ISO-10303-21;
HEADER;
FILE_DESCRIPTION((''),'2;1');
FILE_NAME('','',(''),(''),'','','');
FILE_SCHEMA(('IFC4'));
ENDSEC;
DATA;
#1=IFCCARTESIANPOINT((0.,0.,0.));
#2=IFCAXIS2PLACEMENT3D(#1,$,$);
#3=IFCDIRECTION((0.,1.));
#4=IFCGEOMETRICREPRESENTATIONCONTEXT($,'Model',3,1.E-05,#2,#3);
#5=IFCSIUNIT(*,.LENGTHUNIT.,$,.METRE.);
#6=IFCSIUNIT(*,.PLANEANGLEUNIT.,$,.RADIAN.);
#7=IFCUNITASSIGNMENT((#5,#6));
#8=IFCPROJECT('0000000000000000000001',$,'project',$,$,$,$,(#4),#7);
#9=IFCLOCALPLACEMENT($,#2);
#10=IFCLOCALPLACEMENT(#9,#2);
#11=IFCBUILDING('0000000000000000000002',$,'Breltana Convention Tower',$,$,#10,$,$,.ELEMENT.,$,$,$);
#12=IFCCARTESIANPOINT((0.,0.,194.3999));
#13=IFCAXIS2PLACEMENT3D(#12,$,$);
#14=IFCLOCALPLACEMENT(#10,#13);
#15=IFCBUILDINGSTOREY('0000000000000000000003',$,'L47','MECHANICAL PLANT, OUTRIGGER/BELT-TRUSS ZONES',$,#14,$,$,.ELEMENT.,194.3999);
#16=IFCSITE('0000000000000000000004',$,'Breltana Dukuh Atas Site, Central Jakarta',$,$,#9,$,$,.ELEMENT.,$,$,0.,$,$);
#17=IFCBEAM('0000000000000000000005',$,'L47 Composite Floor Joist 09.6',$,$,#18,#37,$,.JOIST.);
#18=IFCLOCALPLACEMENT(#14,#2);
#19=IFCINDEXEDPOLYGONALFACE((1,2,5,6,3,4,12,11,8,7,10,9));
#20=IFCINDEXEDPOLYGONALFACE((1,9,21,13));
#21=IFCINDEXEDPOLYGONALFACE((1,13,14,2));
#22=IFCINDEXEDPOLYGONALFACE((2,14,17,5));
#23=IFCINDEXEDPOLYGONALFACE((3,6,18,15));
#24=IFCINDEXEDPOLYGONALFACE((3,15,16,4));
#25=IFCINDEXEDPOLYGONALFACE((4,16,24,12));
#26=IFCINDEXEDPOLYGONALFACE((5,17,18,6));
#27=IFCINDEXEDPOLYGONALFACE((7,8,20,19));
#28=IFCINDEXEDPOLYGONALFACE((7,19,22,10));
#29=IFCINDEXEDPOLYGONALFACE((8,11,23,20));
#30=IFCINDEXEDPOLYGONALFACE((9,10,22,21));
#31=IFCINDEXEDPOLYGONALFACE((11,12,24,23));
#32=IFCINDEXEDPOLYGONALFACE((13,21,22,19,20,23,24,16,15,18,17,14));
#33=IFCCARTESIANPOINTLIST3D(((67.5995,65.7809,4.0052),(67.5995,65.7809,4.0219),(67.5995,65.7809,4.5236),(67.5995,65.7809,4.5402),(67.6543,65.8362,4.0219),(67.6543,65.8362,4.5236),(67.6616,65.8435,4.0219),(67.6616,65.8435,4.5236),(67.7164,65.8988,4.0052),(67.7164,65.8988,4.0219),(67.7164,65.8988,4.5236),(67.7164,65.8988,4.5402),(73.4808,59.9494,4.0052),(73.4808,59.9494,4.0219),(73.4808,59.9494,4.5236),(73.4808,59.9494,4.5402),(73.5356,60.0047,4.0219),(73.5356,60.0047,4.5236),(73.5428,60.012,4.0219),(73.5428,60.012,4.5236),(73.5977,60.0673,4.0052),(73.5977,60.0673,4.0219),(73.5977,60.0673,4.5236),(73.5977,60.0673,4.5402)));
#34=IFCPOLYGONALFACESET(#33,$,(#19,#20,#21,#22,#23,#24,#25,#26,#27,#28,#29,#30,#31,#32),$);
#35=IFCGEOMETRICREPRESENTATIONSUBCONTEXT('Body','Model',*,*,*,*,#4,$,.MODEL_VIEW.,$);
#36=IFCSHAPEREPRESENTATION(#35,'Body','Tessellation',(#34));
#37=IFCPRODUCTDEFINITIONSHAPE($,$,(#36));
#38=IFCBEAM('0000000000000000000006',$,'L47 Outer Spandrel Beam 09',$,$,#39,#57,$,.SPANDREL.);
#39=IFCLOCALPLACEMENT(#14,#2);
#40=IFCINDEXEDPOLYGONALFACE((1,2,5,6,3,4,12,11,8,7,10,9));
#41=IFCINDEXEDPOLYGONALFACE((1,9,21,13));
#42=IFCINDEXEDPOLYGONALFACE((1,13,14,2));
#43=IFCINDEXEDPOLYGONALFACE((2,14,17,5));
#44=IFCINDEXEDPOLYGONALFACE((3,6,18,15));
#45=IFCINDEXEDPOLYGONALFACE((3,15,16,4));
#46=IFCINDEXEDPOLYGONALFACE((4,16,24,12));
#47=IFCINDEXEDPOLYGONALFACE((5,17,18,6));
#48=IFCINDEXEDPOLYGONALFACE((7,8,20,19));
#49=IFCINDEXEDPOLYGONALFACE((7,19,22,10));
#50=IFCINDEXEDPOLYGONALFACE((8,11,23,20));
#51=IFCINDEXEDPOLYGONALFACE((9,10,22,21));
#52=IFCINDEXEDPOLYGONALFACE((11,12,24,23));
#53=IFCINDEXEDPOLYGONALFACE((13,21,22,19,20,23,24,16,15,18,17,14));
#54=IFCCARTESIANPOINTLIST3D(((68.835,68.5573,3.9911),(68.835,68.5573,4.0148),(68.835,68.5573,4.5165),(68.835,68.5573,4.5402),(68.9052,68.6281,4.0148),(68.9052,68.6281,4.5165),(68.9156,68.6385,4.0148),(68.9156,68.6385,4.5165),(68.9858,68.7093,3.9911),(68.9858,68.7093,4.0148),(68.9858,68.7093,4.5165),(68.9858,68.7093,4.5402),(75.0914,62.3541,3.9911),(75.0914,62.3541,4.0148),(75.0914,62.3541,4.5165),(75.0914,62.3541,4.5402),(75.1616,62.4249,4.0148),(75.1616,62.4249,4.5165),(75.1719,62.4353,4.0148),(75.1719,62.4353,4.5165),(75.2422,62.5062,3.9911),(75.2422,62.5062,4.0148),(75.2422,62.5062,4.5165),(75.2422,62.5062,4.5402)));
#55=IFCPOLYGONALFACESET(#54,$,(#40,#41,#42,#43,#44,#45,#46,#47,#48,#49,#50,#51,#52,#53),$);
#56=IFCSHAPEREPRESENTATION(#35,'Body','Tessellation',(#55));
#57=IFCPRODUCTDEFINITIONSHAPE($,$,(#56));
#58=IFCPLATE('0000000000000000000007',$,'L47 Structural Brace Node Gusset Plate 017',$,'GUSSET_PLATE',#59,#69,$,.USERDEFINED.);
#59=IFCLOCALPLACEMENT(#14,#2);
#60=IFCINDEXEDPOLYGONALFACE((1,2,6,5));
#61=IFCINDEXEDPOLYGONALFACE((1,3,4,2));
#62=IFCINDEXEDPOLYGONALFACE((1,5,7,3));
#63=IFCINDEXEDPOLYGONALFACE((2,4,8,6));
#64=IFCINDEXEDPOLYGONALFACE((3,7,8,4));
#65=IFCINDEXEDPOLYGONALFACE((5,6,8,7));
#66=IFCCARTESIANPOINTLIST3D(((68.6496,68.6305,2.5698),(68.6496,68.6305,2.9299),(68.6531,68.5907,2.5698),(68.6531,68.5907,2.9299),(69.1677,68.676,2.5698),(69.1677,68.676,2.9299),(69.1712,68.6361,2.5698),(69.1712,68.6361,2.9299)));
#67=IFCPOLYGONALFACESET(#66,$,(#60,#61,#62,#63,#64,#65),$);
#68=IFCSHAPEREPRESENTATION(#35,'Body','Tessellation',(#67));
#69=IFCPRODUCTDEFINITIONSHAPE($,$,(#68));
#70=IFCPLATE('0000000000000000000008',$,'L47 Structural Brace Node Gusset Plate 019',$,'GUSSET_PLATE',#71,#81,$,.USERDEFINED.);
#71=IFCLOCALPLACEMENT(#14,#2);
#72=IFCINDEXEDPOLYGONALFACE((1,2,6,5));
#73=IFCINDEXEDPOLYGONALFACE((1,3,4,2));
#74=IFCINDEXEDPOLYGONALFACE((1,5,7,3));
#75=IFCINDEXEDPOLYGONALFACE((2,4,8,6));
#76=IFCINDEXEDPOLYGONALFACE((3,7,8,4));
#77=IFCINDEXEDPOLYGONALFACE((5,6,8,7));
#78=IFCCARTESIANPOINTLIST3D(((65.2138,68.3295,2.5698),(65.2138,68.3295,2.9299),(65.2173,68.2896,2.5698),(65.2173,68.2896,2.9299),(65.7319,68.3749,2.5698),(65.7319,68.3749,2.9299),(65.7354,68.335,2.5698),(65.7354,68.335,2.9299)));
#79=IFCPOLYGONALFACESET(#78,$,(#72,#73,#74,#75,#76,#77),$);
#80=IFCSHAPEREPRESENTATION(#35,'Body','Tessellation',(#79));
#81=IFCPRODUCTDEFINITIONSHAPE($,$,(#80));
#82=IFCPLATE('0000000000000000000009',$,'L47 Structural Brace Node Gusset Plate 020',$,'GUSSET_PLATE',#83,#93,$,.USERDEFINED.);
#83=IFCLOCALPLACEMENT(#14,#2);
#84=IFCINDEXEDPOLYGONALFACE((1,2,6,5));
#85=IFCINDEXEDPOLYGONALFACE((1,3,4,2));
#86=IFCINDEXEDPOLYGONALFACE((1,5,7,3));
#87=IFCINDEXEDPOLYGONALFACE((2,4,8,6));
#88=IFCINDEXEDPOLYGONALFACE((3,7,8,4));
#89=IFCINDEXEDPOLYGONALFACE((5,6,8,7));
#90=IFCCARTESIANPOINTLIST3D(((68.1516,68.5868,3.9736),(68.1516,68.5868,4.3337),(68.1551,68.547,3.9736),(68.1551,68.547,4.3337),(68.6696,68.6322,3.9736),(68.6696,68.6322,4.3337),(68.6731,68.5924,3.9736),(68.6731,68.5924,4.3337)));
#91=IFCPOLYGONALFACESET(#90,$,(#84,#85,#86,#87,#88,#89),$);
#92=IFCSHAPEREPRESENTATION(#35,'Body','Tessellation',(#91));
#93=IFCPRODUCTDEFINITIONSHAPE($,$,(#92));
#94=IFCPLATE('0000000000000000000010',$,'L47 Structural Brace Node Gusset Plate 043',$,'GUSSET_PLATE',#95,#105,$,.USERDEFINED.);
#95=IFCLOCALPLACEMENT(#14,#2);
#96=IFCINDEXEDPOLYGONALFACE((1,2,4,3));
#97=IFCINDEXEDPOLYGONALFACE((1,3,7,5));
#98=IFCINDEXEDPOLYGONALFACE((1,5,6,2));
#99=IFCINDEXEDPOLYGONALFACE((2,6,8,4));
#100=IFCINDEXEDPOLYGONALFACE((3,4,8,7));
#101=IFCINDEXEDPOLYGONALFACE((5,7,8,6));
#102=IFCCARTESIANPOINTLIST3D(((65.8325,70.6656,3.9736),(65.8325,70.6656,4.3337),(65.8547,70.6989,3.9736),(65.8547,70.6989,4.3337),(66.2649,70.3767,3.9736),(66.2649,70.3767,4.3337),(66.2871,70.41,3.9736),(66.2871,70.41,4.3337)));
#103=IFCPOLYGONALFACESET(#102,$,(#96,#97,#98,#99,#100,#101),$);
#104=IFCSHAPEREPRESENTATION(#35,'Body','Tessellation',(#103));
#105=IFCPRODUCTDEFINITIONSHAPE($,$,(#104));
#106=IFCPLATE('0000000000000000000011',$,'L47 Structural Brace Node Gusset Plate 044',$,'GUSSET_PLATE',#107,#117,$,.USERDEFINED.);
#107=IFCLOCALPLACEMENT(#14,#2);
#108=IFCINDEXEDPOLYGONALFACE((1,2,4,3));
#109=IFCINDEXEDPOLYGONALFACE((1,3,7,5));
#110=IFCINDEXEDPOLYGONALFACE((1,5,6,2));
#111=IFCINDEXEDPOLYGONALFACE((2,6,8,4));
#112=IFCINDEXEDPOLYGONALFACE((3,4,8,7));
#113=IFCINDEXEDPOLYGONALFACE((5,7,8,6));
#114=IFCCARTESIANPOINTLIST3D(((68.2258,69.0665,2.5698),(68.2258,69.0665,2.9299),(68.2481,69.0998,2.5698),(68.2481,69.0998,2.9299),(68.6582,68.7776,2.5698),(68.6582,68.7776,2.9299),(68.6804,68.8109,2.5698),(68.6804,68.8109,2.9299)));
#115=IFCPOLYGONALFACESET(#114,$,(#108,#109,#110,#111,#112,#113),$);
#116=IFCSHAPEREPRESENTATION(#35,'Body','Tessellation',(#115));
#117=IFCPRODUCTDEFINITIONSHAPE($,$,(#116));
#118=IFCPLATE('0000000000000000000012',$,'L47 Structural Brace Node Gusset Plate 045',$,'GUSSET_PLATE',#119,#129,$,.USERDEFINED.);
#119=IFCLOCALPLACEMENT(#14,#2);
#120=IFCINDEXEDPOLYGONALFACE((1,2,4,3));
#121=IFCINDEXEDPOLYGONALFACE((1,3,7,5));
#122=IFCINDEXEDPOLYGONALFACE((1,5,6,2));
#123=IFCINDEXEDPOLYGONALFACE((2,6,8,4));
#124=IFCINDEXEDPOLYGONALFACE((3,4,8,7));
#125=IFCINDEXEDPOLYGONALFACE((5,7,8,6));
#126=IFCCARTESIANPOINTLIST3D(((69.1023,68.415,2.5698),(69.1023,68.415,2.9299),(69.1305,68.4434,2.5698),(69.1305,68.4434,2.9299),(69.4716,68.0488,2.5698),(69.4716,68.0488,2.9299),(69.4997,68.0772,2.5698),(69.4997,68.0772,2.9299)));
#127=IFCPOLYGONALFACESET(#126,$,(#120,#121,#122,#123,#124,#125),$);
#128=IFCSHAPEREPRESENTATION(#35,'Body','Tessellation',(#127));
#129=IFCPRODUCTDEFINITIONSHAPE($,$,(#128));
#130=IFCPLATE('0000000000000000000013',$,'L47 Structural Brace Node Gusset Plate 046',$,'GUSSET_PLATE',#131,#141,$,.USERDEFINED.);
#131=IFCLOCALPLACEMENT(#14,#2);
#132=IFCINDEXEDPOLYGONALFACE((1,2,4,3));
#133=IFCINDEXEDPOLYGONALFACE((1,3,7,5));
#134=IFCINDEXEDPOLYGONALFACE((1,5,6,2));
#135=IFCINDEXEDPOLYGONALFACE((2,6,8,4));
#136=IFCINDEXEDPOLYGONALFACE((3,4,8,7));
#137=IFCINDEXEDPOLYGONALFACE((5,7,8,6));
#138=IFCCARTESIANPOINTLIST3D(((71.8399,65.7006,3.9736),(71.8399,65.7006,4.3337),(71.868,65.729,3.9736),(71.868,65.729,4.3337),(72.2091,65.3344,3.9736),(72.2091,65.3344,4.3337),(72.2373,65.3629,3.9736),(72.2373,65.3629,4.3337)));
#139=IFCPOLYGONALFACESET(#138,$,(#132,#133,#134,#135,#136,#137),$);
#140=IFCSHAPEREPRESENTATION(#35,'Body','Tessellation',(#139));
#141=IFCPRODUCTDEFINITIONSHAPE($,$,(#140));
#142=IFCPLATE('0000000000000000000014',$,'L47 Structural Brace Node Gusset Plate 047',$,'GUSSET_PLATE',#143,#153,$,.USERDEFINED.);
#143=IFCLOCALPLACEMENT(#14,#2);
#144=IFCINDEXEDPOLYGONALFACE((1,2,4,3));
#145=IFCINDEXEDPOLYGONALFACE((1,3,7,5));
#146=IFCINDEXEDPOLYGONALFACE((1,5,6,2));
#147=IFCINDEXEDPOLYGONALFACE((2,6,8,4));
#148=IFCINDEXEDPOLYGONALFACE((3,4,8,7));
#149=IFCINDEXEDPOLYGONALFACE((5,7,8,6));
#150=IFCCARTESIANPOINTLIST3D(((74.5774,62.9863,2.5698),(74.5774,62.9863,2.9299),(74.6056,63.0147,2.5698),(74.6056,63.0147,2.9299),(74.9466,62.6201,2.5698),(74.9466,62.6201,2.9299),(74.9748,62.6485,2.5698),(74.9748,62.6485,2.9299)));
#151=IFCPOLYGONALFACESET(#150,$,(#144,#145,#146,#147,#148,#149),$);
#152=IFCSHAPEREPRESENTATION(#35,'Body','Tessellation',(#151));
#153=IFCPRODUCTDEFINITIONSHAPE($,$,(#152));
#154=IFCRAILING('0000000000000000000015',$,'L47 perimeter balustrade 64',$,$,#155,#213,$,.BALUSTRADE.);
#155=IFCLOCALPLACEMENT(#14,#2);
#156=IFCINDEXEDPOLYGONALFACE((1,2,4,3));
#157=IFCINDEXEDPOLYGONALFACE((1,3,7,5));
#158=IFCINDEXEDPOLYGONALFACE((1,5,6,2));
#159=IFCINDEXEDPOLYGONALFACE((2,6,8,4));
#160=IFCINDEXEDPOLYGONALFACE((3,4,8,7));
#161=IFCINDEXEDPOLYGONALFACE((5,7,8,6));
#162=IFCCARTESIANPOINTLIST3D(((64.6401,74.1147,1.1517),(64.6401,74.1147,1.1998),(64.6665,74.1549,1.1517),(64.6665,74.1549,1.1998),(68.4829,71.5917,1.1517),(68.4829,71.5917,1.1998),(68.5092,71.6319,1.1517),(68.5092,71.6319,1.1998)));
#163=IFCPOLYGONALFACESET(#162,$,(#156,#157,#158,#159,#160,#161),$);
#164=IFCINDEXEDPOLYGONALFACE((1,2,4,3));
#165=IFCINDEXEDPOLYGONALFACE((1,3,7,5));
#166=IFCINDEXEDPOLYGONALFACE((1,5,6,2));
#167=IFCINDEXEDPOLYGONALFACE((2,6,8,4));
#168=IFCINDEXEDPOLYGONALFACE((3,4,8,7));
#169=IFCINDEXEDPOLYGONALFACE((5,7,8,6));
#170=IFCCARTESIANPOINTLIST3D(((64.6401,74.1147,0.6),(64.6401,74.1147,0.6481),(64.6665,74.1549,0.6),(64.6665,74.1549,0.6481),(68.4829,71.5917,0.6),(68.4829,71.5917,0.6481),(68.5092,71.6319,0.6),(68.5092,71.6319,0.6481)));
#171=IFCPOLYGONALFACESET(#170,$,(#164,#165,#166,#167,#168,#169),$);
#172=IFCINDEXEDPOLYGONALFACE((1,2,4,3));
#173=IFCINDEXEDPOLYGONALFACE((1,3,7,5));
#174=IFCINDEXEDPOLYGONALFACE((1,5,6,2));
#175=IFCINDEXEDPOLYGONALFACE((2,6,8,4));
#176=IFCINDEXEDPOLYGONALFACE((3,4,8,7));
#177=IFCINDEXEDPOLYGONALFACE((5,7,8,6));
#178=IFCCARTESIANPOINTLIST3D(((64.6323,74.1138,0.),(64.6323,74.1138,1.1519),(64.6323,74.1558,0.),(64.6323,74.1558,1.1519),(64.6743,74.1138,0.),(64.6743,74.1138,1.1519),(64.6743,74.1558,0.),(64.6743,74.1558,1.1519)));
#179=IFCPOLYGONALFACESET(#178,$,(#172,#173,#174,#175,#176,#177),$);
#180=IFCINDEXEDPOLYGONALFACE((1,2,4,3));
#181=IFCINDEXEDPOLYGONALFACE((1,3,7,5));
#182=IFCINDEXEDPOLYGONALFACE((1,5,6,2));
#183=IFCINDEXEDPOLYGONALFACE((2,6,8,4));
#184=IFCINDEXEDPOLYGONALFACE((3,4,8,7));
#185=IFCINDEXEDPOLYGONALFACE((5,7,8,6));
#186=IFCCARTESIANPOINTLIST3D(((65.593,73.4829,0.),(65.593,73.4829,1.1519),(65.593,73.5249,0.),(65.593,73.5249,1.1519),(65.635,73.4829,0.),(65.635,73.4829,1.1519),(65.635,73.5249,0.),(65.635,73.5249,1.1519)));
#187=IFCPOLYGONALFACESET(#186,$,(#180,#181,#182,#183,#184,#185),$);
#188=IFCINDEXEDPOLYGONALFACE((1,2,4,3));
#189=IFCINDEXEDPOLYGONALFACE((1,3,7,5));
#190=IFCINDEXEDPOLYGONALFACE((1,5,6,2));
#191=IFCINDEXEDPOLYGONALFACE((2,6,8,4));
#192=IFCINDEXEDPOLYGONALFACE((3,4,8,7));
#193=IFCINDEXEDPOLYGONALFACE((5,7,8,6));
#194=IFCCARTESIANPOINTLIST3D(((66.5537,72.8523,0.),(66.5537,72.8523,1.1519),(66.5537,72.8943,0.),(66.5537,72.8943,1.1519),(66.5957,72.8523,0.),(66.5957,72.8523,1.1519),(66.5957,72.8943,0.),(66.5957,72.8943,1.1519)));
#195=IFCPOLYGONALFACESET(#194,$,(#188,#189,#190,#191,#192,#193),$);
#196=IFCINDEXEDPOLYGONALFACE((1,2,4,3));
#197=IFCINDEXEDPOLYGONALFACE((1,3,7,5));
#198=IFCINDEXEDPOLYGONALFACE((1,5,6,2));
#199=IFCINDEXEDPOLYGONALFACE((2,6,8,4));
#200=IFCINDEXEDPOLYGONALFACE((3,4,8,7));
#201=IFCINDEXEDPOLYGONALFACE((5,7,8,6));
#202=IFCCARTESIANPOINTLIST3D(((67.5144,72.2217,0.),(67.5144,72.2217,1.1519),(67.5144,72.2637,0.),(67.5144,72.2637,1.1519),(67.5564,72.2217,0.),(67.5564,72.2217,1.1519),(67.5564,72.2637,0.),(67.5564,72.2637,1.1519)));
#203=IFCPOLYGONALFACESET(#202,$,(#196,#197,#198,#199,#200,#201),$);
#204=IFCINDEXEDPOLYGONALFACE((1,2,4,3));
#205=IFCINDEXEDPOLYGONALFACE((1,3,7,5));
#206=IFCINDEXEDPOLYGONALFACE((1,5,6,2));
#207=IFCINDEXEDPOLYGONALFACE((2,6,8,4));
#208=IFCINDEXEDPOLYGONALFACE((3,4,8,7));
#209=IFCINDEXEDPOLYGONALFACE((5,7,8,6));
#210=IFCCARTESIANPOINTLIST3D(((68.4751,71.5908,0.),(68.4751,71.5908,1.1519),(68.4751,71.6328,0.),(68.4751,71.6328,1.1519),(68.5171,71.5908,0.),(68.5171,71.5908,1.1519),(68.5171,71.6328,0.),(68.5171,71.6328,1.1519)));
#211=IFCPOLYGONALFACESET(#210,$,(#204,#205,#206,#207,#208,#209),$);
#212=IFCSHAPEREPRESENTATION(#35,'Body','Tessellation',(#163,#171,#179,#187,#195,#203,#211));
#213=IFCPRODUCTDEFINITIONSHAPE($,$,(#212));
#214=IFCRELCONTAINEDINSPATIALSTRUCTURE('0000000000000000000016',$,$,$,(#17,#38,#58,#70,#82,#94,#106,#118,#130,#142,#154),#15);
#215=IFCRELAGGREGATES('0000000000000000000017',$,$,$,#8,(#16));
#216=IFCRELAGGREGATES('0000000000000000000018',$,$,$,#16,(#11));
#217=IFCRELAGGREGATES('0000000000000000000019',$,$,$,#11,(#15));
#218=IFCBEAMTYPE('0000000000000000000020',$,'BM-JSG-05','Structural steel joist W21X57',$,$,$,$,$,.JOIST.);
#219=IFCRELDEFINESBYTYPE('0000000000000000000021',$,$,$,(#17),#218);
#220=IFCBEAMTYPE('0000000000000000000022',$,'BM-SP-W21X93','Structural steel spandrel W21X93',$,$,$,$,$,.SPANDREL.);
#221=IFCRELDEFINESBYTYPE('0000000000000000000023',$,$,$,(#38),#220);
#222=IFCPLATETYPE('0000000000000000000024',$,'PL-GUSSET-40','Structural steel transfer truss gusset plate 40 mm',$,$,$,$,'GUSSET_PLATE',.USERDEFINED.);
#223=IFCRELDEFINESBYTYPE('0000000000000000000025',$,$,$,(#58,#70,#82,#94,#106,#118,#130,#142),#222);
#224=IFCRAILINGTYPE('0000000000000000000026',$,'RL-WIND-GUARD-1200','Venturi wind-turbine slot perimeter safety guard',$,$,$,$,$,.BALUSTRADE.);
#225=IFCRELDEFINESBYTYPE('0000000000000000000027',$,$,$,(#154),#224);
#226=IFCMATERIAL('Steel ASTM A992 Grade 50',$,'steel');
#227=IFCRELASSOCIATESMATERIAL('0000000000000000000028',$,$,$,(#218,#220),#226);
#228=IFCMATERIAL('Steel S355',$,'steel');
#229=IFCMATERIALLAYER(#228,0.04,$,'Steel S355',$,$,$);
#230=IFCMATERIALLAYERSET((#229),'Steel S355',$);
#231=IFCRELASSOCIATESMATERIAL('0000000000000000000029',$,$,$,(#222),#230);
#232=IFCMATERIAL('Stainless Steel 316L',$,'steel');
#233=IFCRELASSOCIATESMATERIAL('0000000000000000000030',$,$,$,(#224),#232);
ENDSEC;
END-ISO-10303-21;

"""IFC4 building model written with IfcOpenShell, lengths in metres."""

from ifc_helpers import new_model, si_unit, direction, frame, origin, origin_2d, place, context, subcontext, project, spatial, rectangle, i_section, extrude, source, transform, mapped, material, layer, layer_set, material_profile, profile_set, type_object, element, save


model = new_model("IFC4")

# Units and contexts
model_context = context("Model", 3, precision=1e-05, world=origin(), true_north=direction((0.0, 1.0)))
body_context = subcontext(model_context, "Body", "Model", "MODEL_VIEW")
ifc_project = project(units=[si_unit("LENGTHUNIT", "METRE"), si_unit("PLANEANGLEUNIT", "RADIAN")], contexts=[model_context])

# Site, building, storey
site_placement = place(None, origin())
site = spatial("IfcSite", under=ifc_project, at=site_placement, Name="Breltana Dukuh Atas Site, Central Jakarta", CompositionType="ELEMENT", RefElevation=0.0)
building_placement = place(site_placement, origin())
building = spatial("IfcBuilding", under=site, at=building_placement, Name="Breltana Convention Tower", CompositionType="ELEMENT")
storey_placement = place(building_placement, frame((0.0, 0.0, 194.3999)))
storey = spatial("IfcBuildingStorey", under=building, at=storey_placement, Name="L47", Description="MECHANICAL PLANT, OUTRIGGER/BELT-TRUSS ZONES", CompositionType="ELEMENT", Elevation=194.3999)

# Shared definitions
ifc_material_1 = material(Name="Steel ASTM A992 Grade 50", Category="steel")

# Beams
ifc_material_profile_1 = material_profile(ifc_material_1, i_section(OverallWidth=0.166, OverallDepth=0.5349, WebThickness=0.0103, FlangeThickness=0.0166, at=origin_2d()), Name="W21X57")
ifc_profile_set_1 = profile_set([ifc_material_profile_1], Name="Steel ASTM A992 Grade 50")
beam_type_1 = type_object("IfcBeamType", Name="BM-JSG-05", Description="Structural steel joist W21X57", PredefinedType="JOIST", material=ifc_profile_set_1)
shared_shape_1 = source(origin(), body_context, "Body", "SweptSolid", [
    extrude(i_section(OverallWidth=0.166, OverallDepth=0.5349, WebThickness=0.0103, FlangeThickness=0.0166, at=origin_2d()), origin(), (0.0, 0.0, 1.0), 8.2822),
])
beam_1_placement = place(storey_placement, frame((67.658, 65.8398, 4.2727), z_axis=(0.710107, -0.704094, 0.0), x_axis=(0.704094, 0.710107, 0.0)))
element("IfcBeam", 1, at=beam_1_placement, inside=storey, type_object=beam_type_1, Name="L47 Composite Floor Joist 09.6", PredefinedType="JOIST", context=body_context, shape_type="MappedRepresentation", body=[
    mapped(shared_shape_1, transform((0.0, 0.0, 0.0), scale=1.0)),
])
ifc_material_profile_2 = material_profile(ifc_material_1, i_section(OverallWidth=0.2141, OverallDepth=0.5491, WebThickness=0.0146, FlangeThickness=0.0237, at=origin_2d()), Name="W21X93")
ifc_profile_set_2 = profile_set([ifc_material_profile_2], Name="Steel ASTM A992 Grade 50")
beam_type_2 = type_object("IfcBeamType", Name="BM-SP-W21X93", Description="Structural steel spandrel W21X93", PredefinedType="SPANDREL", material=ifc_profile_set_2)
shared_shape_2 = source(origin(), body_context, "Body", "SweptSolid", [
    extrude(i_section(OverallWidth=0.2141, OverallDepth=0.5491, WebThickness=0.0146, FlangeThickness=0.0237, at=origin_2d()), origin(), (0.0, 0.0, 1.0), 8.8103),
])
beam_2_placement = place(storey_placement, frame((68.9104, 68.6333, 4.2656), z_axis=(0.710121, -0.70408, 0.0), x_axis=(0.70408, 0.710121, 0.0)))
element("IfcBeam", 2, at=beam_2_placement, inside=storey, type_object=beam_type_2, Name="L47 Outer Spandrel Beam 09", PredefinedType="SPANDREL", context=body_context, shape_type="MappedRepresentation", body=[
    mapped(shared_shape_2, transform((0.0, 0.0, 0.0), scale=1.0)),
])

# Plates
ifc_material_2 = material(Name="Steel S355", Category="steel")
ifc_layer = layer(ifc_material_2, 0.04, Name="Steel S355")
ifc_layer_set = layer_set([ifc_layer], Name="Steel S355")
plate_type = type_object("IfcPlateType", Name="PL-GUSSET-40", Description="Structural steel transfer truss gusset plate 40 mm", ElementType="GUSSET_PLATE", PredefinedType="USERDEFINED", material=ifc_layer_set)
shared_shape_3 = source(origin(), body_context, "Body", "SweptSolid", [
    extrude(rectangle(XDim=0.52, YDim=0.04, at=origin_2d()), origin(), (0.0, 0.0, 1.0), 0.3601),
])
for number, where, z_axis, x_axis, name in (
    (3, (68.9104, 68.6333, 2.5698), (0.0, 0.0, 1.0), (0.996179, 0.08733, 0.0), "L47 Structural Brace Node Gusset Plate 017"),
    (4, (65.4746, 68.3323, 2.5698), (0.0, 0.0, 1.0), (0.996179, 0.08733, 0.0), "L47 Structural Brace Node Gusset Plate 019"),
    (5, (68.4124, 68.5896, 3.9736), (0.0, 0.0, 1.0), (0.996179, 0.08733, 0.0), "L47 Structural Brace Node Gusset Plate 020"),
    (6, (66.0598, 70.5378, 3.9736), (0.0, 0.0, 1.0), (0.83147, -0.55557, 0.0), "L47 Structural Brace Node Gusset Plate 043"),
    (7, (68.4531, 68.9387, 2.5698), (0.0, 0.0, 1.0), (0.83147, -0.55557, 0.0), "L47 Structural Brace Node Gusset Plate 044"),
    (8, (69.301, 68.2461, 2.5698), (0.0, 0.0, 1.0), (0.710062, -0.704139, 0.0), "L47 Structural Brace Node Gusset Plate 045"),
    (9, (72.0386, 65.5317, 3.9736), (0.0, 0.0, 1.0), (0.710062, -0.704139, 0.0), "L47 Structural Brace Node Gusset Plate 046"),
    (10, (74.7761, 62.8174, 2.5698), (0.0, 0.0, 1.0), (0.710062, -0.704139, 0.0), "L47 Structural Brace Node Gusset Plate 047"),
):
    element("IfcPlate", number, at=place(storey_placement, frame(where, z_axis=z_axis, x_axis=x_axis)), inside=storey, type_object=plate_type, Name=name, ObjectType="GUSSET_PLATE", PredefinedType="USERDEFINED", context=body_context, shape_type="MappedRepresentation", body=[
        mapped(shared_shape_3, transform((0.0, 0.0, 0.0), scale=1.0)),
    ])

# Railing
ifc_material_3 = material(Name="Stainless Steel 316L", Category="steel")
railing_type = type_object("IfcRailingType", Name="RL-WIND-GUARD-1200", Description="Venturi wind-turbine slot perimeter safety guard", PredefinedType="BALUSTRADE", material=ifc_material_3)
railing_1_placement = place(storey_placement, frame((64.6533, 74.1348, 0.0)))
element("IfcRailing", 11, at=railing_1_placement, inside=storey, type_object=railing_type, Name="L47 perimeter balustrade 64", PredefinedType="BALUSTRADE", context=body_context, shape_type="SweptSolid", body=[
    extrude(rectangle(XDim=0.0481, YDim=0.0481, at=origin_2d()), frame((0.0, 0.0, 1.1758), z_axis=(0.835935, -0.548828, 0.0), x_axis=(0.548828, 0.835935, 0.0)), (0.0, 0.0, 1.0), 4.5969),
    extrude(rectangle(XDim=0.0481, YDim=0.0481, at=origin_2d()), frame((0.0, 0.0, 0.624), z_axis=(0.835935, -0.548828, 0.0), x_axis=(0.548828, 0.835935, 0.0)), (0.0, 0.0, 1.0), 4.5969),
    extrude(rectangle(XDim=0.042, YDim=0.042, at=origin_2d()), origin(), (0.0, 0.0, 1.0), 1.1519),
    extrude(rectangle(XDim=0.042, YDim=0.042, at=origin_2d()), frame((0.9607, -0.6309, 0.0)), (0.0, 0.0, 1.0), 1.1519),
    extrude(rectangle(XDim=0.042, YDim=0.042, at=origin_2d()), frame((1.9214, -1.2615, 0.0)), (0.0, 0.0, 1.0), 1.1519),
    extrude(rectangle(XDim=0.042, YDim=0.042, at=origin_2d()), frame((2.8821, -1.8921, 0.0)), (0.0, 0.0, 1.0), 1.1519),
    extrude(rectangle(XDim=0.042, YDim=0.042, at=origin_2d()), frame((3.8428, -2.5229, 0.0)), (0.0, 0.0, 1.0), 1.1519),
])

save(model, "model.ifc")
